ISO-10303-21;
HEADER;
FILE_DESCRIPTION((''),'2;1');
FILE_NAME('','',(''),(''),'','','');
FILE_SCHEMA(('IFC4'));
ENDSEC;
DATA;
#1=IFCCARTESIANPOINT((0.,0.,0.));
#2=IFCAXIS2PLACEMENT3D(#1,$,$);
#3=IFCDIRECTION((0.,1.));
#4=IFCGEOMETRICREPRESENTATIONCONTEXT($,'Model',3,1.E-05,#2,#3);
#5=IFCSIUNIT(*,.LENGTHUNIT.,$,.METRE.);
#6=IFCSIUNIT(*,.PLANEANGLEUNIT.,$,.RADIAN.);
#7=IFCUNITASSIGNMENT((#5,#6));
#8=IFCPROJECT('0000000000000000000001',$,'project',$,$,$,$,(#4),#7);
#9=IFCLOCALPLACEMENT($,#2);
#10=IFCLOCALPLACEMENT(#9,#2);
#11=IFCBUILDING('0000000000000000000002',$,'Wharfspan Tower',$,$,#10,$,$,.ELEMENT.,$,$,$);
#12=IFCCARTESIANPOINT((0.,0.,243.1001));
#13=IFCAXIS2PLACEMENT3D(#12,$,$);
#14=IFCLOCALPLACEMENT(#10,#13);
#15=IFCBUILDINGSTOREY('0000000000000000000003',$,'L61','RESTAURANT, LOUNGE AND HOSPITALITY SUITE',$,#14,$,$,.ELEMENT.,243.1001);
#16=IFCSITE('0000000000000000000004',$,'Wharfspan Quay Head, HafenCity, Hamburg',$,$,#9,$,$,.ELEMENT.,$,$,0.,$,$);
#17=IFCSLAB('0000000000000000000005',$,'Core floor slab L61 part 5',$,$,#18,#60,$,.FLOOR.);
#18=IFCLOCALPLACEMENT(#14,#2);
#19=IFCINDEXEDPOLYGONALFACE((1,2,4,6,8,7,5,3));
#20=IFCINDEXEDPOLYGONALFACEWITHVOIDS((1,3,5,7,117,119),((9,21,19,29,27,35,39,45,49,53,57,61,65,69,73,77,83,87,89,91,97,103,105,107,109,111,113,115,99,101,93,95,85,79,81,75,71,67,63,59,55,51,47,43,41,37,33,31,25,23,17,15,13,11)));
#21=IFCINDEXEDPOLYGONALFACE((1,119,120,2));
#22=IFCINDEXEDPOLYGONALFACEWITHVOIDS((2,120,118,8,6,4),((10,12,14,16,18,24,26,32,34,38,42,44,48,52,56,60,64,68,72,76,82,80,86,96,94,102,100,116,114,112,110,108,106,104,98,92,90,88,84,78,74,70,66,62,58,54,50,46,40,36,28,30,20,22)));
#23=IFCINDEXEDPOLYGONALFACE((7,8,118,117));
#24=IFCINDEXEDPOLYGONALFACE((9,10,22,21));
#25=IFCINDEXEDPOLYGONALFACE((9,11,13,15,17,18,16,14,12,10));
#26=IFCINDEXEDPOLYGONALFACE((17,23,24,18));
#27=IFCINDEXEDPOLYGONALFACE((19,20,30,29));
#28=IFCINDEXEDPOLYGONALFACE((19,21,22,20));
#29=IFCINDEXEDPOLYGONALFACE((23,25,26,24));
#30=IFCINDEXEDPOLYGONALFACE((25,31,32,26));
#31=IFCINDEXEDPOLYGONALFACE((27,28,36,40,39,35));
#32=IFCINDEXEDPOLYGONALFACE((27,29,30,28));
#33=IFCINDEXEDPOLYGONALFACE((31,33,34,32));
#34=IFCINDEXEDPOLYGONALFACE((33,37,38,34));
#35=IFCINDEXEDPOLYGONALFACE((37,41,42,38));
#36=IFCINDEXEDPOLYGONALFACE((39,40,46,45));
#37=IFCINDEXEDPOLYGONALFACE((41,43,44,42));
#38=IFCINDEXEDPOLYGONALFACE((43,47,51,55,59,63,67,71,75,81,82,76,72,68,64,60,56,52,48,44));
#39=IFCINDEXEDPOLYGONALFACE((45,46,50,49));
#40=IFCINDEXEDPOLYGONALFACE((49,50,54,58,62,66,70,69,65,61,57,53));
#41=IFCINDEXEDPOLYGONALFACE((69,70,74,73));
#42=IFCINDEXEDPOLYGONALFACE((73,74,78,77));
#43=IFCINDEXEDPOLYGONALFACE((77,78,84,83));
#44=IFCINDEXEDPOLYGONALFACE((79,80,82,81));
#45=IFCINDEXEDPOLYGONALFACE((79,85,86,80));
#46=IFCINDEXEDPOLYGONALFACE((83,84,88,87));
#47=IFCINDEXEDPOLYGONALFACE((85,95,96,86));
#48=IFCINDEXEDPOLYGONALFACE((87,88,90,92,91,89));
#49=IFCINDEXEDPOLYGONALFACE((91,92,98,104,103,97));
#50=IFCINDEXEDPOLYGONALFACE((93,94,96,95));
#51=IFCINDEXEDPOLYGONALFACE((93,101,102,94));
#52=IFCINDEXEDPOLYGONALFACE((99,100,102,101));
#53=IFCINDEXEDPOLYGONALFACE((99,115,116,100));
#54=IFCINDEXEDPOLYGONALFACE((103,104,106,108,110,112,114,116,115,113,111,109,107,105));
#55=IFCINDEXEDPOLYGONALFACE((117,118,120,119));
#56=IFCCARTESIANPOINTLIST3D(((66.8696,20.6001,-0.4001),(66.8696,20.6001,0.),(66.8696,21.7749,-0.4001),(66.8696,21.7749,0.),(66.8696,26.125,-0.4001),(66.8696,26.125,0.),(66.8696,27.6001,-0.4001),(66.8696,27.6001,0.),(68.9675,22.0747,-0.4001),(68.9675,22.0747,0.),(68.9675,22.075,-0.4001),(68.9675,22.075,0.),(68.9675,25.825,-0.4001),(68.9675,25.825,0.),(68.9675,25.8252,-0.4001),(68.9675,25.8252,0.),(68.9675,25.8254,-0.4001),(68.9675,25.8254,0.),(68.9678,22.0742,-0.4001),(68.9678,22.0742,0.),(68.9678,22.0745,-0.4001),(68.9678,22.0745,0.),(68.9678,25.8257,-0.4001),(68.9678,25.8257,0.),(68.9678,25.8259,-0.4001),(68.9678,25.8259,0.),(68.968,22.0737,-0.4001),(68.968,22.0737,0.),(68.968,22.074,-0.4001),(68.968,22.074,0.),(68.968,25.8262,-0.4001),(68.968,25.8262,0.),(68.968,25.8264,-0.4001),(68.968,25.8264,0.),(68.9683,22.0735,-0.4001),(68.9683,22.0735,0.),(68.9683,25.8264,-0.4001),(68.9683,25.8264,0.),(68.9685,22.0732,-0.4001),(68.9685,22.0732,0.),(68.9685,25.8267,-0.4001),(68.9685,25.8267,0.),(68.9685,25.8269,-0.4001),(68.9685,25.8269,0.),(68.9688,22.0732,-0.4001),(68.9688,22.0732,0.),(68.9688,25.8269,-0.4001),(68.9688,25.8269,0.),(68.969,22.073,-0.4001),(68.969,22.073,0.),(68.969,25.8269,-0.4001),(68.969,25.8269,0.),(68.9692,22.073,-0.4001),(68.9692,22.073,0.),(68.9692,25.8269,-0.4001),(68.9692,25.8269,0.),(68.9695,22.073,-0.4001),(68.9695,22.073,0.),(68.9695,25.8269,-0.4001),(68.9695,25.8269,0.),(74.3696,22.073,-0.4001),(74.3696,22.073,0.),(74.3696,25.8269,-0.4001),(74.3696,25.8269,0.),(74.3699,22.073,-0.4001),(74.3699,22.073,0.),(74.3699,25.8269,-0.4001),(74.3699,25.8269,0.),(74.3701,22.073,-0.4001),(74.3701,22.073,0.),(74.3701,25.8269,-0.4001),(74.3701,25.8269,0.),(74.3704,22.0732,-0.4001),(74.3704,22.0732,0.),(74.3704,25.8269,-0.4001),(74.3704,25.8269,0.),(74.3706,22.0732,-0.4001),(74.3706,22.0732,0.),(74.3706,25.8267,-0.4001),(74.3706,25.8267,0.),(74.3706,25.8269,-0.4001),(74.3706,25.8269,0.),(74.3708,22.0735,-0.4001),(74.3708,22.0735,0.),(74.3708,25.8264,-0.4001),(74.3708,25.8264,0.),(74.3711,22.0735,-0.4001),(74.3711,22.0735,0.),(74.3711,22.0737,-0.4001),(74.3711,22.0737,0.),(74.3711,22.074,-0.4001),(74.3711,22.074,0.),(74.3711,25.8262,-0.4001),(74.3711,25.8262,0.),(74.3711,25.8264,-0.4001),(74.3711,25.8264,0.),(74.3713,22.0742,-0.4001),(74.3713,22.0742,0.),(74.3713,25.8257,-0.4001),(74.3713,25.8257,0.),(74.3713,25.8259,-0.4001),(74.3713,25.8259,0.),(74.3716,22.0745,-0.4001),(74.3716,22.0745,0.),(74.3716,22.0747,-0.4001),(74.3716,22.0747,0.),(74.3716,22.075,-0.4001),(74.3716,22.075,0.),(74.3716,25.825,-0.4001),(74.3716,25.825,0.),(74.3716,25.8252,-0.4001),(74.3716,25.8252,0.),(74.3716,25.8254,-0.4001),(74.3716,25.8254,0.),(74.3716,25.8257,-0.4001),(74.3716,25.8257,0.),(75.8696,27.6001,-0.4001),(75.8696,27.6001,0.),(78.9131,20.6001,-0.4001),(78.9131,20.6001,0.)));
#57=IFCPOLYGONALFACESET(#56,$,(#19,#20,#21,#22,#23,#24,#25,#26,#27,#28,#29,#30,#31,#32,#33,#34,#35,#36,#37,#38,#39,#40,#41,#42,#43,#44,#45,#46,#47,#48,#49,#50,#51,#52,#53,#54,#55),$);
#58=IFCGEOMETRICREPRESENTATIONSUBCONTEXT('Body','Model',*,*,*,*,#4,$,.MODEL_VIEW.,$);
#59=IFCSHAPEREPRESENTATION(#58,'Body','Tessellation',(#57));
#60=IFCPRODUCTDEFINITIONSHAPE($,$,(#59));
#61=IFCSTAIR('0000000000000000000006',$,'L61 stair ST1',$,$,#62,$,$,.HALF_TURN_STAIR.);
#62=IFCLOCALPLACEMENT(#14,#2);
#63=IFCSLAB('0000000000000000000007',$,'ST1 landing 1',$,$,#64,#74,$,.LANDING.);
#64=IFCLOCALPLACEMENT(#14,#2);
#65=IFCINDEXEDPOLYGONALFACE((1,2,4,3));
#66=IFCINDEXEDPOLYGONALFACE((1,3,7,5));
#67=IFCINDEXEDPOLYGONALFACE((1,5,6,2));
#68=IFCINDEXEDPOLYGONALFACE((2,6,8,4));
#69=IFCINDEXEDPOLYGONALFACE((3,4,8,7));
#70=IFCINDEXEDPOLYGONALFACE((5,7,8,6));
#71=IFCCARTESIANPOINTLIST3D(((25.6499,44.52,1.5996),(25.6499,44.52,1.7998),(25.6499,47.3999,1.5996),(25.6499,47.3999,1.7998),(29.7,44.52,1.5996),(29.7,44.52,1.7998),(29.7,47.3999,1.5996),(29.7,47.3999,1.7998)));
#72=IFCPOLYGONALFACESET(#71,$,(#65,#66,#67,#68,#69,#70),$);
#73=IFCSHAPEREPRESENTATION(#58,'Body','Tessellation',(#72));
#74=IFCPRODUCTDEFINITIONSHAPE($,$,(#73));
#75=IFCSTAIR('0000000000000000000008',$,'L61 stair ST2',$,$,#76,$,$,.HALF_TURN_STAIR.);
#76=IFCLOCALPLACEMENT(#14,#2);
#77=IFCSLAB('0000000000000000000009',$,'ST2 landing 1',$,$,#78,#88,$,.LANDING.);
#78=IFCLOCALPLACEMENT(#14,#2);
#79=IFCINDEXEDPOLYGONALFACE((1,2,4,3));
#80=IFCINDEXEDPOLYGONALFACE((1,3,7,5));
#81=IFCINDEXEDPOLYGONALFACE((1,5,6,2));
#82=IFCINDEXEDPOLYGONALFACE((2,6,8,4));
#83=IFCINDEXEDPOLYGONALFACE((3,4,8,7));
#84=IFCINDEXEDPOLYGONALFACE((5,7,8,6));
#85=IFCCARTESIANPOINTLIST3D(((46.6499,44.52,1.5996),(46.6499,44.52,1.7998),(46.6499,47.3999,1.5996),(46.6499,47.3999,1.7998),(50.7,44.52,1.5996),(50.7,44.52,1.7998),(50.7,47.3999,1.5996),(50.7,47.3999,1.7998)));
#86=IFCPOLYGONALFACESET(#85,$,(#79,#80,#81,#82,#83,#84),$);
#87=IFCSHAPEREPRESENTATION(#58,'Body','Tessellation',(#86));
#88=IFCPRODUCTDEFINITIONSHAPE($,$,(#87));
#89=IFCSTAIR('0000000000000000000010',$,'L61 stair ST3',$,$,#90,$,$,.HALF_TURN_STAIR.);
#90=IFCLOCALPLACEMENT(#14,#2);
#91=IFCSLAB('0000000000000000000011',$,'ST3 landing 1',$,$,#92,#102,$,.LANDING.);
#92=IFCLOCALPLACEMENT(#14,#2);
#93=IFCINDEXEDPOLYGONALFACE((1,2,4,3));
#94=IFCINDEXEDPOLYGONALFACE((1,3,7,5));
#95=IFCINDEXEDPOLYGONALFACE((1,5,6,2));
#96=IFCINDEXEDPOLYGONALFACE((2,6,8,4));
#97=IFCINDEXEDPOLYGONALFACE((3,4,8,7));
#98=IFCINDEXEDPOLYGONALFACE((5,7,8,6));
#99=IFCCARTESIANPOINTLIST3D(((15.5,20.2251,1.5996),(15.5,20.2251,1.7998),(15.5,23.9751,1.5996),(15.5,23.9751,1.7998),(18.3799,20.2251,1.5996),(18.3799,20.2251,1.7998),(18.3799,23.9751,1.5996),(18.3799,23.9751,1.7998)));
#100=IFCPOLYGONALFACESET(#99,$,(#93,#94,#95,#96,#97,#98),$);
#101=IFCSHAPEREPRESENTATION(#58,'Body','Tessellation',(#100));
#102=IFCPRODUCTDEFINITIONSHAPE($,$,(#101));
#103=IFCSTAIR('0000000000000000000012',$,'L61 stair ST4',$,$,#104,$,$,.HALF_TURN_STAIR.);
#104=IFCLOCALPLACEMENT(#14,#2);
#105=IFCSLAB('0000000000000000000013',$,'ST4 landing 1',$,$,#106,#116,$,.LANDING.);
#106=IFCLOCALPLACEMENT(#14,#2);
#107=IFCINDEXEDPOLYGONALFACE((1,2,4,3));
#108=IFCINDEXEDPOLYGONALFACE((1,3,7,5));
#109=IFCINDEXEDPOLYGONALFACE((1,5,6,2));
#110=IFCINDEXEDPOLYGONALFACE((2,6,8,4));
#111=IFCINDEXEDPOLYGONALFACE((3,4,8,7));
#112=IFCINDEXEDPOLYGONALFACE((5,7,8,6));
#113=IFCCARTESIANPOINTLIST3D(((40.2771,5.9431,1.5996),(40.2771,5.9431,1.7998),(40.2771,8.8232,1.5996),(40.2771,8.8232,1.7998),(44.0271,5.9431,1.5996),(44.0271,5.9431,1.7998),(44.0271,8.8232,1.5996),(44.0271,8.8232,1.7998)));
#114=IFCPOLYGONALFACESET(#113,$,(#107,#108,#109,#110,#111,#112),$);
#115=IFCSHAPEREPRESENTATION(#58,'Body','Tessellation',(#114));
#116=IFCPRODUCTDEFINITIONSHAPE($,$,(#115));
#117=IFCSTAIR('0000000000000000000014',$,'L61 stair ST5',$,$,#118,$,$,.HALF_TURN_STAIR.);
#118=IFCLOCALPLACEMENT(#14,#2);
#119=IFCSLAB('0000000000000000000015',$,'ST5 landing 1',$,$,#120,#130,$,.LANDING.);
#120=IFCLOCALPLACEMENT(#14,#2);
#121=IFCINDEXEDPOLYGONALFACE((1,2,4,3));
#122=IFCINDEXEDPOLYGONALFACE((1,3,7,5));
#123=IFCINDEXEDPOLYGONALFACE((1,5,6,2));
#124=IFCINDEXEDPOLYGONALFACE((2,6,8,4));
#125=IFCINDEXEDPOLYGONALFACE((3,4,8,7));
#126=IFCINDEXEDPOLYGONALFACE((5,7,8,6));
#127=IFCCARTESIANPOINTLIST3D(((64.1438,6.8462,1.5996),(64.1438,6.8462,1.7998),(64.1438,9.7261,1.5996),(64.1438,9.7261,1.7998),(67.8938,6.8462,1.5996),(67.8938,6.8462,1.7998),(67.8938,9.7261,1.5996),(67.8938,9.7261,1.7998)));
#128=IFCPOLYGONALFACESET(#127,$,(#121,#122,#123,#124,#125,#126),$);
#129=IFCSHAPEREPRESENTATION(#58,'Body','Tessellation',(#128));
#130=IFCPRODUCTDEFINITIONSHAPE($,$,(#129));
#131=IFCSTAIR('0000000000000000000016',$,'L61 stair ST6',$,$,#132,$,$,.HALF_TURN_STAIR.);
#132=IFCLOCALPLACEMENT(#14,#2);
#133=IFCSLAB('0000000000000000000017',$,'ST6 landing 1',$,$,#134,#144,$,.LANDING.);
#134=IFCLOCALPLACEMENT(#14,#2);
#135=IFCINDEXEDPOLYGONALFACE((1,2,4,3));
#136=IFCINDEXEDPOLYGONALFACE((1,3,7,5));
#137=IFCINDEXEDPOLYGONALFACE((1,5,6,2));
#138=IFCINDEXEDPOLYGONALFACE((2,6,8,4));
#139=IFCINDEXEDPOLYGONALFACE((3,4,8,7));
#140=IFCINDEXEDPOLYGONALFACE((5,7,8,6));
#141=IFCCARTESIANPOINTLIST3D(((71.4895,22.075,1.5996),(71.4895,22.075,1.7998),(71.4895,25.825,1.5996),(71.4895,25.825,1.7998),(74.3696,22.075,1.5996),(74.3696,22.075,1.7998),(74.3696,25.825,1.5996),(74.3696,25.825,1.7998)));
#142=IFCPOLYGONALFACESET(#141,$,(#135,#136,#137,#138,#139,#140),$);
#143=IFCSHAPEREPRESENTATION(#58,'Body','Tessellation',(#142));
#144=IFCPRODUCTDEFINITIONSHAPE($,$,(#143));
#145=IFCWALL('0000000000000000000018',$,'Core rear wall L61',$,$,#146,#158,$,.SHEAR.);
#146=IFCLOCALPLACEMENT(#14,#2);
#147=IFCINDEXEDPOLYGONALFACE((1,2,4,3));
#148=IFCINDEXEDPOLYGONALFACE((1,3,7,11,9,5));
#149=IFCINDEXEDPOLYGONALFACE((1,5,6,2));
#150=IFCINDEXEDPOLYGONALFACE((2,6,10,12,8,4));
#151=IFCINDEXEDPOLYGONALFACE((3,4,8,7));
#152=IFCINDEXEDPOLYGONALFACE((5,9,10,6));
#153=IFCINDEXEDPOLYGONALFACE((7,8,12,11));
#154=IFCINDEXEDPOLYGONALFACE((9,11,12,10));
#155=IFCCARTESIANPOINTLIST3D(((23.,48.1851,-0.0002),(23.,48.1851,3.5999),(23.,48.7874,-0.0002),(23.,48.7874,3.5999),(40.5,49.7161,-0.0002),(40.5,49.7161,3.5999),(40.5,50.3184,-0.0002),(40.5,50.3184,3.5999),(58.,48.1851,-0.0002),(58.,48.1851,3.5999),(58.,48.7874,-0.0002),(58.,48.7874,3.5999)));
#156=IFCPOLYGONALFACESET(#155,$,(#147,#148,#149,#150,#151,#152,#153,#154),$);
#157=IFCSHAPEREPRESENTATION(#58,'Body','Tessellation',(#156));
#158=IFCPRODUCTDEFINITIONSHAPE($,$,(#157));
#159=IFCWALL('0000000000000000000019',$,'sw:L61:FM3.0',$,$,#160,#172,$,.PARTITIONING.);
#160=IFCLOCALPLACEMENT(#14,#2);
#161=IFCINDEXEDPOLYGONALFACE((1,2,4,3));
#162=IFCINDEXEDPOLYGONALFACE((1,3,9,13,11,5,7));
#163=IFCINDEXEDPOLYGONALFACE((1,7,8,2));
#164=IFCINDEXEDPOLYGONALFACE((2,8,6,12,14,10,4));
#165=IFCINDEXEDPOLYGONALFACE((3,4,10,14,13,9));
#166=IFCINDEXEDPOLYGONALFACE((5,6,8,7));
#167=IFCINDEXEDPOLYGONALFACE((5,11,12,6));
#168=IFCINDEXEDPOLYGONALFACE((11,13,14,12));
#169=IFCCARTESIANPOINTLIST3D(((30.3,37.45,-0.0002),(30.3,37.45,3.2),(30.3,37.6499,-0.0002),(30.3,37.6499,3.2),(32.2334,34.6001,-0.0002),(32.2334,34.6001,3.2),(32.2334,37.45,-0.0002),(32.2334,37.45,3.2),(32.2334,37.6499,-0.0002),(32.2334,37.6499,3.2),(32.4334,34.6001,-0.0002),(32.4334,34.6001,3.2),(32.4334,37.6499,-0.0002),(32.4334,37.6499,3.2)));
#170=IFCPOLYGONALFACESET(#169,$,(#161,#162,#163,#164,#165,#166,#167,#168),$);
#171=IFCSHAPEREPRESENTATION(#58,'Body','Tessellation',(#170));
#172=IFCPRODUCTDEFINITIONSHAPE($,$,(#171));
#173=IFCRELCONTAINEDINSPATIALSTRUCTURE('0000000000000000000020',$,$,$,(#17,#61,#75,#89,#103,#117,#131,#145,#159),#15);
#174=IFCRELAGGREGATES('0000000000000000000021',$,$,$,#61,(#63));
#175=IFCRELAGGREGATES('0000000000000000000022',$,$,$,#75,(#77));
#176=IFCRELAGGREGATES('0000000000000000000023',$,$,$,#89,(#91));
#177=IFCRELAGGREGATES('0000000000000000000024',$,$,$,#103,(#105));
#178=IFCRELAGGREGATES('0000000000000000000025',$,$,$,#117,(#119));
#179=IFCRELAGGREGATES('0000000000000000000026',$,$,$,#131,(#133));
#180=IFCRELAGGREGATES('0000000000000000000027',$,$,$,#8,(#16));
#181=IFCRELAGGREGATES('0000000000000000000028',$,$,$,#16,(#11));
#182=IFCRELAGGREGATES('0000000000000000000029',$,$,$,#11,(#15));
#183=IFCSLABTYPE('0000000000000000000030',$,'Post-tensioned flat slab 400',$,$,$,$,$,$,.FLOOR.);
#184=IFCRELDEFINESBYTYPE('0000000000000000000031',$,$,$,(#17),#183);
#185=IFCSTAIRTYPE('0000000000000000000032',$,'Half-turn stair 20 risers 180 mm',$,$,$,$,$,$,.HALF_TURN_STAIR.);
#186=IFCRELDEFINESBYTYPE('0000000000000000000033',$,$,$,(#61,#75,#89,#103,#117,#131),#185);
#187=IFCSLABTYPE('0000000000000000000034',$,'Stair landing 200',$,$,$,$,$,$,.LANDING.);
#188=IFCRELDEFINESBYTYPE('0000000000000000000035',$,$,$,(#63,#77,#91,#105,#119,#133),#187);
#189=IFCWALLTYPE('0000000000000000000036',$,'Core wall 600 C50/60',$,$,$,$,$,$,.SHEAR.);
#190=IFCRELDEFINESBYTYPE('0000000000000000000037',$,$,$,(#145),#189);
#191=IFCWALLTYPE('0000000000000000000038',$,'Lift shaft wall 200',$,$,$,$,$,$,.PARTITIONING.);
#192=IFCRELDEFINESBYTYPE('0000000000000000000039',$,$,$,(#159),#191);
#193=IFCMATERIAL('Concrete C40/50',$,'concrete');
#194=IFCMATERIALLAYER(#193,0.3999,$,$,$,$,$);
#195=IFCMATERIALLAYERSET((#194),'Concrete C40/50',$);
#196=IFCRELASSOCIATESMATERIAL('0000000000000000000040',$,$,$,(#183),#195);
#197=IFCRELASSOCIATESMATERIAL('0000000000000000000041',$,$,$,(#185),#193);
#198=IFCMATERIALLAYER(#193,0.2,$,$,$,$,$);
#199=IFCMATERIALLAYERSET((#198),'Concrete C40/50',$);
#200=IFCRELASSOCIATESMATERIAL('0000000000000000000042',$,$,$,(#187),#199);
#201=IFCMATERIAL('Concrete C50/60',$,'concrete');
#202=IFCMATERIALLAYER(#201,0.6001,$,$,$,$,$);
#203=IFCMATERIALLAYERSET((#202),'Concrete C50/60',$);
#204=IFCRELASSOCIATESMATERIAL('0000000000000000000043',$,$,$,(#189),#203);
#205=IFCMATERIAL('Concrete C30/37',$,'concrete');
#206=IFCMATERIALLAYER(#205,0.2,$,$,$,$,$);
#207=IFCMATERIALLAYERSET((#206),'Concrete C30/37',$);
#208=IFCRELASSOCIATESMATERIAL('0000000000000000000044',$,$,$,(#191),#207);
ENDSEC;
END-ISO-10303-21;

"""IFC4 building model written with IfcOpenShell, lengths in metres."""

from ifc_helpers import new_model, si_unit, direction, frame, origin, place, context, subcontext, project, spatial, polyline, outline, extrude, material, layer, layer_set, type_object, element, aggregate, save


model = new_model("IFC4")

# Units and contexts
model_context = context("Model", 3, precision=1e-05, world=origin(), true_north=direction((0.0, 1.0)))
body_context = subcontext(model_context, "Body", "Model", "MODEL_VIEW")
ifc_project = project(units=[si_unit("LENGTHUNIT", "METRE"), si_unit("PLANEANGLEUNIT", "RADIAN")], contexts=[model_context])

# Site, building, storey
site_placement = place(None, origin())
site = spatial("IfcSite", under=ifc_project, at=site_placement, Name="Wharfspan Quay Head, HafenCity, Hamburg", CompositionType="ELEMENT", RefElevation=0.0)
building_placement = place(site_placement, origin())
building = spatial("IfcBuilding", under=site, at=building_placement, Name="Wharfspan Tower", CompositionType="ELEMENT")
storey_placement = place(building_placement, frame((0.0, 0.0, 243.1001)))
storey = spatial("IfcBuildingStorey", under=building, at=storey_placement, Name="L61", Description="RESTAURANT, LOUNGE AND HOSPITALITY SUITE", CompositionType="ELEMENT", Elevation=243.1001)

# Slab
ifc_material_1 = material(Name="Concrete C40/50", Category="concrete")
ifc_layer_1 = layer(ifc_material_1, 0.3999)
ifc_layer_set_1 = layer_set([ifc_layer_1], Name="Concrete C40/50")
slab_type_1 = type_object("IfcSlabType", Name="Post-tensioned flat slab 400", PredefinedType="FLOOR", material=ifc_layer_set_1)
slab_1_placement = place(storey_placement, frame((0.0, 0.0, -0.4001)))
element("IfcSlab", 1, at=slab_1_placement, inside=storey, type_object=slab_type_1, Name="Core floor slab L61 part 5", PredefinedType="FLOOR", context=body_context, shape_type="SweptSolid", body=[
    extrude(outline(polyline([(75.8696, 27.6001), (66.8696, 27.6001), (66.8696, 26.125), (66.8696, 21.7749), (66.8696, 20.6001), (78.9131, 20.6001), (75.8696, 27.6001)]), holes=[polyline([(68.9675, 25.825), (68.9675, 25.8252), (68.9675, 25.8254), (68.9678, 25.8257), (68.9678, 25.8257), (68.9678, 25.8259), (68.968, 25.8262), (68.968, 25.8264), (68.9683, 25.8264), (68.9683, 25.8264), (68.9685, 25.8267), (68.9685, 25.8269), (68.9688, 25.8269), (68.969, 25.8269), (68.9692, 25.8269), (68.9695, 25.8269), (68.9695, 25.8269), (74.3696, 25.8269), (74.3699, 25.8269), (74.3701, 25.8269), (74.3701, 25.8269), (74.3704, 25.8269), (74.3706, 25.8269), (74.3706, 25.8267), (74.3709, 25.8264), (74.3711, 25.8264), (74.3711, 25.8264), (74.3711, 25.8262), (74.3713, 25.8259), (74.3713, 25.8257), (74.3716, 25.8257), (74.3716, 25.8254), (74.3716, 25.8252), (74.3716, 25.825), (74.3716, 22.075), (74.3716, 22.0747), (74.3716, 22.0747), (74.3716, 22.0745), (74.3713, 22.0742), (74.3713, 22.0742), (74.3711, 22.074), (74.3711, 22.0737), (74.3711, 22.0735), (74.3709, 22.0735), (74.3706, 22.0732), (74.3706, 22.0732), (74.3704, 22.0732), (74.3701, 22.073), (74.3701, 22.073), (74.3699, 22.073), (74.3696, 22.073), (68.9695, 22.073), (68.9695, 22.073), (68.9692, 22.073), (68.969, 22.073), (68.9688, 22.0732), (68.9685, 22.0732), (68.9685, 22.0732), (68.9683, 22.0735), (68.9683, 22.0735), (68.968, 22.0737), (68.968, 22.074), (68.9678, 22.0742), (68.9678, 22.0742), (68.9678, 22.0745), (68.9675, 22.0747), (68.9675, 22.0747), (68.9675, 22.075), (68.9675, 25.825)])]), origin(), (0.0, 0.0, 1.0), 0.4001),
])

# Stairs, slabs
stair_type = type_object("IfcStairType", Name="Half-turn stair 20 risers 180 mm", PredefinedType="HALF_TURN_STAIR", material=ifc_material_1)
stair_1_placement = place(storey_placement, origin())
stair_1 = element("IfcStair", 2, at=stair_1_placement, inside=storey, type_object=stair_type, Name="L61 stair ST1", PredefinedType="HALF_TURN_STAIR")
ifc_layer_2 = layer(ifc_material_1, 0.2)
ifc_layer_set_2 = layer_set([ifc_layer_2], Name="Concrete C40/50")
slab_type_2 = type_object("IfcSlabType", Name="Stair landing 200", PredefinedType="LANDING", material=ifc_layer_set_2)
slab_2_placement = place(storey_placement, frame((0.0, 0.0, 1.5996)))
slab_2 = element("IfcSlab", 3, at=slab_2_placement, type_object=slab_type_2, Name="ST1 landing 1", PredefinedType="LANDING", context=body_context, shape_type="SweptSolid", body=[
    extrude(outline(polyline([(25.6499, 44.52), (29.7, 44.52), (29.7, 47.3999), (25.6499, 47.3999), (25.6499, 44.52)])), origin(), (0.0, 0.0, 1.0), 0.2002),
])
aggregate(stair_1, [slab_2])
stair_2_placement = place(storey_placement, origin())
stair_2 = element("IfcStair", 4, at=stair_2_placement, inside=storey, type_object=stair_type, Name="L61 stair ST2", PredefinedType="HALF_TURN_STAIR")
slab_3_placement = place(storey_placement, frame((0.0, 0.0, 1.5996)))
slab_3 = element("IfcSlab", 5, at=slab_3_placement, type_object=slab_type_2, Name="ST2 landing 1", PredefinedType="LANDING", context=body_context, shape_type="SweptSolid", body=[
    extrude(outline(polyline([(46.6499, 44.52), (50.7, 44.52), (50.7, 47.3999), (46.6499, 47.3999), (46.6499, 44.52)])), origin(), (0.0, 0.0, 1.0), 0.2002),
])
aggregate(stair_2, [slab_3])
stair_3_placement = place(storey_placement, origin())
stair_3 = element("IfcStair", 6, at=stair_3_placement, inside=storey, type_object=stair_type, Name="L61 stair ST3", PredefinedType="HALF_TURN_STAIR")
slab_4_placement = place(storey_placement, frame((0.0, 0.0, 1.5996)))
slab_4 = element("IfcSlab", 7, at=slab_4_placement, type_object=slab_type_2, Name="ST3 landing 1", PredefinedType="LANDING", context=body_context, shape_type="SweptSolid", body=[
    extrude(outline(polyline([(18.3799, 23.9751), (15.5, 23.9751), (15.5, 20.2251), (18.3799, 20.2251), (18.3799, 23.9751)])), origin(), (0.0, 0.0, 1.0), 0.2002),
])
aggregate(stair_3, [slab_4])
stair_4_placement = place(storey_placement, origin())
stair_4 = element("IfcStair", 8, at=stair_4_placement, inside=storey, type_object=stair_type, Name="L61 stair ST4", PredefinedType="HALF_TURN_STAIR")
slab_5_placement = place(storey_placement, frame((0.0, 0.0, 1.5996)))
slab_5 = element("IfcSlab", 9, at=slab_5_placement, type_object=slab_type_2, Name="ST4 landing 1", PredefinedType="LANDING", context=body_context, shape_type="SweptSolid", body=[
    extrude(outline(polyline([(40.2771, 8.8232), (40.2771, 5.9431), (44.0271, 5.9431), (44.0271, 8.8232), (40.2771, 8.8232)])), origin(), (0.0, 0.0, 1.0), 0.2002),
])
aggregate(stair_4, [slab_5])
stair_5_placement = place(storey_placement, origin())
stair_5 = element("IfcStair", 10, at=stair_5_placement, inside=storey, type_object=stair_type, Name="L61 stair ST5", PredefinedType="HALF_TURN_STAIR")
slab_6_placement = place(storey_placement, frame((0.0, 0.0, 1.5996)))
slab_6 = element("IfcSlab", 11, at=slab_6_placement, type_object=slab_type_2, Name="ST5 landing 1", PredefinedType="LANDING", context=body_context, shape_type="SweptSolid", body=[
    extrude(outline(polyline([(64.1438, 9.7261), (64.1438, 6.8462), (67.8938, 6.8462), (67.8938, 9.7261), (64.1438, 9.7261)])), origin(), (0.0, 0.0, 1.0), 0.2002),
])
aggregate(stair_5, [slab_6])
stair_6_placement = place(storey_placement, origin())
stair_6 = element("IfcStair", 12, at=stair_6_placement, inside=storey, type_object=stair_type, Name="L61 stair ST6", PredefinedType="HALF_TURN_STAIR")
slab_7_placement = place(storey_placement, frame((0.0, 0.0, 1.5996)))
slab_7 = element("IfcSlab", 13, at=slab_7_placement, type_object=slab_type_2, Name="ST6 landing 1", PredefinedType="LANDING", context=body_context, shape_type="SweptSolid", body=[
    extrude(outline(polyline([(71.4895, 22.075), (74.3696, 22.075), (74.3696, 25.825), (71.4895, 25.825), (71.4895, 22.075)])), origin(), (0.0, 0.0, 1.0), 0.2002),
])
aggregate(stair_6, [slab_7])

# Walls
ifc_material_2 = material(Name="Concrete C50/60", Category="concrete")
ifc_layer_3 = layer(ifc_material_2, 0.6001)
ifc_layer_set_3 = layer_set([ifc_layer_3], Name="Concrete C50/60")
wall_type_1 = type_object("IfcWallType", Name="Core wall 600 C50/60", PredefinedType="SHEAR", material=ifc_layer_set_3)
wall_1_placement = place(storey_placement, frame((0.0, 0.0, -0.0002)))
element("IfcWall", 14, at=wall_1_placement, inside=storey, type_object=wall_type_1, Name="Core rear wall L61", PredefinedType="SHEAR", context=body_context, shape_type="SweptSolid", body=[
    extrude(outline(polyline([(23.0, 48.1851), (40.5, 49.7161), (58.0, 48.1851), (58.0, 48.7874), (40.5, 50.3184), (23.0, 48.7874), (23.0, 48.1851)])), origin(), (0.0, 0.0, 1.0), 3.6001),
])
ifc_material_3 = material(Name="Concrete C30/37", Category="concrete")
ifc_layer_4 = layer(ifc_material_3, 0.2)
ifc_layer_set_4 = layer_set([ifc_layer_4], Name="Concrete C30/37")
wall_type_2 = type_object("IfcWallType", Name="Lift shaft wall 200", PredefinedType="PARTITIONING", material=ifc_layer_set_4)
wall_2_placement = place(storey_placement, frame((0.0, 0.0, -0.0002)))
element("IfcWall", 15, at=wall_2_placement, inside=storey, type_object=wall_type_2, Name="sw:L61:FM3.0", PredefinedType="PARTITIONING", context=body_context, shape_type="SweptSolid", body=[
    extrude(outline(polyline([(32.2334, 37.45), (30.3, 37.45), (30.3, 37.6499), (32.2334, 37.6499), (32.4333, 37.6499), (32.4333, 34.6001), (32.2334, 34.6001), (32.2334, 37.45)])), origin(), (0.0, 0.0, 1.0), 3.2002),
])

save(model, "model.ifc")
